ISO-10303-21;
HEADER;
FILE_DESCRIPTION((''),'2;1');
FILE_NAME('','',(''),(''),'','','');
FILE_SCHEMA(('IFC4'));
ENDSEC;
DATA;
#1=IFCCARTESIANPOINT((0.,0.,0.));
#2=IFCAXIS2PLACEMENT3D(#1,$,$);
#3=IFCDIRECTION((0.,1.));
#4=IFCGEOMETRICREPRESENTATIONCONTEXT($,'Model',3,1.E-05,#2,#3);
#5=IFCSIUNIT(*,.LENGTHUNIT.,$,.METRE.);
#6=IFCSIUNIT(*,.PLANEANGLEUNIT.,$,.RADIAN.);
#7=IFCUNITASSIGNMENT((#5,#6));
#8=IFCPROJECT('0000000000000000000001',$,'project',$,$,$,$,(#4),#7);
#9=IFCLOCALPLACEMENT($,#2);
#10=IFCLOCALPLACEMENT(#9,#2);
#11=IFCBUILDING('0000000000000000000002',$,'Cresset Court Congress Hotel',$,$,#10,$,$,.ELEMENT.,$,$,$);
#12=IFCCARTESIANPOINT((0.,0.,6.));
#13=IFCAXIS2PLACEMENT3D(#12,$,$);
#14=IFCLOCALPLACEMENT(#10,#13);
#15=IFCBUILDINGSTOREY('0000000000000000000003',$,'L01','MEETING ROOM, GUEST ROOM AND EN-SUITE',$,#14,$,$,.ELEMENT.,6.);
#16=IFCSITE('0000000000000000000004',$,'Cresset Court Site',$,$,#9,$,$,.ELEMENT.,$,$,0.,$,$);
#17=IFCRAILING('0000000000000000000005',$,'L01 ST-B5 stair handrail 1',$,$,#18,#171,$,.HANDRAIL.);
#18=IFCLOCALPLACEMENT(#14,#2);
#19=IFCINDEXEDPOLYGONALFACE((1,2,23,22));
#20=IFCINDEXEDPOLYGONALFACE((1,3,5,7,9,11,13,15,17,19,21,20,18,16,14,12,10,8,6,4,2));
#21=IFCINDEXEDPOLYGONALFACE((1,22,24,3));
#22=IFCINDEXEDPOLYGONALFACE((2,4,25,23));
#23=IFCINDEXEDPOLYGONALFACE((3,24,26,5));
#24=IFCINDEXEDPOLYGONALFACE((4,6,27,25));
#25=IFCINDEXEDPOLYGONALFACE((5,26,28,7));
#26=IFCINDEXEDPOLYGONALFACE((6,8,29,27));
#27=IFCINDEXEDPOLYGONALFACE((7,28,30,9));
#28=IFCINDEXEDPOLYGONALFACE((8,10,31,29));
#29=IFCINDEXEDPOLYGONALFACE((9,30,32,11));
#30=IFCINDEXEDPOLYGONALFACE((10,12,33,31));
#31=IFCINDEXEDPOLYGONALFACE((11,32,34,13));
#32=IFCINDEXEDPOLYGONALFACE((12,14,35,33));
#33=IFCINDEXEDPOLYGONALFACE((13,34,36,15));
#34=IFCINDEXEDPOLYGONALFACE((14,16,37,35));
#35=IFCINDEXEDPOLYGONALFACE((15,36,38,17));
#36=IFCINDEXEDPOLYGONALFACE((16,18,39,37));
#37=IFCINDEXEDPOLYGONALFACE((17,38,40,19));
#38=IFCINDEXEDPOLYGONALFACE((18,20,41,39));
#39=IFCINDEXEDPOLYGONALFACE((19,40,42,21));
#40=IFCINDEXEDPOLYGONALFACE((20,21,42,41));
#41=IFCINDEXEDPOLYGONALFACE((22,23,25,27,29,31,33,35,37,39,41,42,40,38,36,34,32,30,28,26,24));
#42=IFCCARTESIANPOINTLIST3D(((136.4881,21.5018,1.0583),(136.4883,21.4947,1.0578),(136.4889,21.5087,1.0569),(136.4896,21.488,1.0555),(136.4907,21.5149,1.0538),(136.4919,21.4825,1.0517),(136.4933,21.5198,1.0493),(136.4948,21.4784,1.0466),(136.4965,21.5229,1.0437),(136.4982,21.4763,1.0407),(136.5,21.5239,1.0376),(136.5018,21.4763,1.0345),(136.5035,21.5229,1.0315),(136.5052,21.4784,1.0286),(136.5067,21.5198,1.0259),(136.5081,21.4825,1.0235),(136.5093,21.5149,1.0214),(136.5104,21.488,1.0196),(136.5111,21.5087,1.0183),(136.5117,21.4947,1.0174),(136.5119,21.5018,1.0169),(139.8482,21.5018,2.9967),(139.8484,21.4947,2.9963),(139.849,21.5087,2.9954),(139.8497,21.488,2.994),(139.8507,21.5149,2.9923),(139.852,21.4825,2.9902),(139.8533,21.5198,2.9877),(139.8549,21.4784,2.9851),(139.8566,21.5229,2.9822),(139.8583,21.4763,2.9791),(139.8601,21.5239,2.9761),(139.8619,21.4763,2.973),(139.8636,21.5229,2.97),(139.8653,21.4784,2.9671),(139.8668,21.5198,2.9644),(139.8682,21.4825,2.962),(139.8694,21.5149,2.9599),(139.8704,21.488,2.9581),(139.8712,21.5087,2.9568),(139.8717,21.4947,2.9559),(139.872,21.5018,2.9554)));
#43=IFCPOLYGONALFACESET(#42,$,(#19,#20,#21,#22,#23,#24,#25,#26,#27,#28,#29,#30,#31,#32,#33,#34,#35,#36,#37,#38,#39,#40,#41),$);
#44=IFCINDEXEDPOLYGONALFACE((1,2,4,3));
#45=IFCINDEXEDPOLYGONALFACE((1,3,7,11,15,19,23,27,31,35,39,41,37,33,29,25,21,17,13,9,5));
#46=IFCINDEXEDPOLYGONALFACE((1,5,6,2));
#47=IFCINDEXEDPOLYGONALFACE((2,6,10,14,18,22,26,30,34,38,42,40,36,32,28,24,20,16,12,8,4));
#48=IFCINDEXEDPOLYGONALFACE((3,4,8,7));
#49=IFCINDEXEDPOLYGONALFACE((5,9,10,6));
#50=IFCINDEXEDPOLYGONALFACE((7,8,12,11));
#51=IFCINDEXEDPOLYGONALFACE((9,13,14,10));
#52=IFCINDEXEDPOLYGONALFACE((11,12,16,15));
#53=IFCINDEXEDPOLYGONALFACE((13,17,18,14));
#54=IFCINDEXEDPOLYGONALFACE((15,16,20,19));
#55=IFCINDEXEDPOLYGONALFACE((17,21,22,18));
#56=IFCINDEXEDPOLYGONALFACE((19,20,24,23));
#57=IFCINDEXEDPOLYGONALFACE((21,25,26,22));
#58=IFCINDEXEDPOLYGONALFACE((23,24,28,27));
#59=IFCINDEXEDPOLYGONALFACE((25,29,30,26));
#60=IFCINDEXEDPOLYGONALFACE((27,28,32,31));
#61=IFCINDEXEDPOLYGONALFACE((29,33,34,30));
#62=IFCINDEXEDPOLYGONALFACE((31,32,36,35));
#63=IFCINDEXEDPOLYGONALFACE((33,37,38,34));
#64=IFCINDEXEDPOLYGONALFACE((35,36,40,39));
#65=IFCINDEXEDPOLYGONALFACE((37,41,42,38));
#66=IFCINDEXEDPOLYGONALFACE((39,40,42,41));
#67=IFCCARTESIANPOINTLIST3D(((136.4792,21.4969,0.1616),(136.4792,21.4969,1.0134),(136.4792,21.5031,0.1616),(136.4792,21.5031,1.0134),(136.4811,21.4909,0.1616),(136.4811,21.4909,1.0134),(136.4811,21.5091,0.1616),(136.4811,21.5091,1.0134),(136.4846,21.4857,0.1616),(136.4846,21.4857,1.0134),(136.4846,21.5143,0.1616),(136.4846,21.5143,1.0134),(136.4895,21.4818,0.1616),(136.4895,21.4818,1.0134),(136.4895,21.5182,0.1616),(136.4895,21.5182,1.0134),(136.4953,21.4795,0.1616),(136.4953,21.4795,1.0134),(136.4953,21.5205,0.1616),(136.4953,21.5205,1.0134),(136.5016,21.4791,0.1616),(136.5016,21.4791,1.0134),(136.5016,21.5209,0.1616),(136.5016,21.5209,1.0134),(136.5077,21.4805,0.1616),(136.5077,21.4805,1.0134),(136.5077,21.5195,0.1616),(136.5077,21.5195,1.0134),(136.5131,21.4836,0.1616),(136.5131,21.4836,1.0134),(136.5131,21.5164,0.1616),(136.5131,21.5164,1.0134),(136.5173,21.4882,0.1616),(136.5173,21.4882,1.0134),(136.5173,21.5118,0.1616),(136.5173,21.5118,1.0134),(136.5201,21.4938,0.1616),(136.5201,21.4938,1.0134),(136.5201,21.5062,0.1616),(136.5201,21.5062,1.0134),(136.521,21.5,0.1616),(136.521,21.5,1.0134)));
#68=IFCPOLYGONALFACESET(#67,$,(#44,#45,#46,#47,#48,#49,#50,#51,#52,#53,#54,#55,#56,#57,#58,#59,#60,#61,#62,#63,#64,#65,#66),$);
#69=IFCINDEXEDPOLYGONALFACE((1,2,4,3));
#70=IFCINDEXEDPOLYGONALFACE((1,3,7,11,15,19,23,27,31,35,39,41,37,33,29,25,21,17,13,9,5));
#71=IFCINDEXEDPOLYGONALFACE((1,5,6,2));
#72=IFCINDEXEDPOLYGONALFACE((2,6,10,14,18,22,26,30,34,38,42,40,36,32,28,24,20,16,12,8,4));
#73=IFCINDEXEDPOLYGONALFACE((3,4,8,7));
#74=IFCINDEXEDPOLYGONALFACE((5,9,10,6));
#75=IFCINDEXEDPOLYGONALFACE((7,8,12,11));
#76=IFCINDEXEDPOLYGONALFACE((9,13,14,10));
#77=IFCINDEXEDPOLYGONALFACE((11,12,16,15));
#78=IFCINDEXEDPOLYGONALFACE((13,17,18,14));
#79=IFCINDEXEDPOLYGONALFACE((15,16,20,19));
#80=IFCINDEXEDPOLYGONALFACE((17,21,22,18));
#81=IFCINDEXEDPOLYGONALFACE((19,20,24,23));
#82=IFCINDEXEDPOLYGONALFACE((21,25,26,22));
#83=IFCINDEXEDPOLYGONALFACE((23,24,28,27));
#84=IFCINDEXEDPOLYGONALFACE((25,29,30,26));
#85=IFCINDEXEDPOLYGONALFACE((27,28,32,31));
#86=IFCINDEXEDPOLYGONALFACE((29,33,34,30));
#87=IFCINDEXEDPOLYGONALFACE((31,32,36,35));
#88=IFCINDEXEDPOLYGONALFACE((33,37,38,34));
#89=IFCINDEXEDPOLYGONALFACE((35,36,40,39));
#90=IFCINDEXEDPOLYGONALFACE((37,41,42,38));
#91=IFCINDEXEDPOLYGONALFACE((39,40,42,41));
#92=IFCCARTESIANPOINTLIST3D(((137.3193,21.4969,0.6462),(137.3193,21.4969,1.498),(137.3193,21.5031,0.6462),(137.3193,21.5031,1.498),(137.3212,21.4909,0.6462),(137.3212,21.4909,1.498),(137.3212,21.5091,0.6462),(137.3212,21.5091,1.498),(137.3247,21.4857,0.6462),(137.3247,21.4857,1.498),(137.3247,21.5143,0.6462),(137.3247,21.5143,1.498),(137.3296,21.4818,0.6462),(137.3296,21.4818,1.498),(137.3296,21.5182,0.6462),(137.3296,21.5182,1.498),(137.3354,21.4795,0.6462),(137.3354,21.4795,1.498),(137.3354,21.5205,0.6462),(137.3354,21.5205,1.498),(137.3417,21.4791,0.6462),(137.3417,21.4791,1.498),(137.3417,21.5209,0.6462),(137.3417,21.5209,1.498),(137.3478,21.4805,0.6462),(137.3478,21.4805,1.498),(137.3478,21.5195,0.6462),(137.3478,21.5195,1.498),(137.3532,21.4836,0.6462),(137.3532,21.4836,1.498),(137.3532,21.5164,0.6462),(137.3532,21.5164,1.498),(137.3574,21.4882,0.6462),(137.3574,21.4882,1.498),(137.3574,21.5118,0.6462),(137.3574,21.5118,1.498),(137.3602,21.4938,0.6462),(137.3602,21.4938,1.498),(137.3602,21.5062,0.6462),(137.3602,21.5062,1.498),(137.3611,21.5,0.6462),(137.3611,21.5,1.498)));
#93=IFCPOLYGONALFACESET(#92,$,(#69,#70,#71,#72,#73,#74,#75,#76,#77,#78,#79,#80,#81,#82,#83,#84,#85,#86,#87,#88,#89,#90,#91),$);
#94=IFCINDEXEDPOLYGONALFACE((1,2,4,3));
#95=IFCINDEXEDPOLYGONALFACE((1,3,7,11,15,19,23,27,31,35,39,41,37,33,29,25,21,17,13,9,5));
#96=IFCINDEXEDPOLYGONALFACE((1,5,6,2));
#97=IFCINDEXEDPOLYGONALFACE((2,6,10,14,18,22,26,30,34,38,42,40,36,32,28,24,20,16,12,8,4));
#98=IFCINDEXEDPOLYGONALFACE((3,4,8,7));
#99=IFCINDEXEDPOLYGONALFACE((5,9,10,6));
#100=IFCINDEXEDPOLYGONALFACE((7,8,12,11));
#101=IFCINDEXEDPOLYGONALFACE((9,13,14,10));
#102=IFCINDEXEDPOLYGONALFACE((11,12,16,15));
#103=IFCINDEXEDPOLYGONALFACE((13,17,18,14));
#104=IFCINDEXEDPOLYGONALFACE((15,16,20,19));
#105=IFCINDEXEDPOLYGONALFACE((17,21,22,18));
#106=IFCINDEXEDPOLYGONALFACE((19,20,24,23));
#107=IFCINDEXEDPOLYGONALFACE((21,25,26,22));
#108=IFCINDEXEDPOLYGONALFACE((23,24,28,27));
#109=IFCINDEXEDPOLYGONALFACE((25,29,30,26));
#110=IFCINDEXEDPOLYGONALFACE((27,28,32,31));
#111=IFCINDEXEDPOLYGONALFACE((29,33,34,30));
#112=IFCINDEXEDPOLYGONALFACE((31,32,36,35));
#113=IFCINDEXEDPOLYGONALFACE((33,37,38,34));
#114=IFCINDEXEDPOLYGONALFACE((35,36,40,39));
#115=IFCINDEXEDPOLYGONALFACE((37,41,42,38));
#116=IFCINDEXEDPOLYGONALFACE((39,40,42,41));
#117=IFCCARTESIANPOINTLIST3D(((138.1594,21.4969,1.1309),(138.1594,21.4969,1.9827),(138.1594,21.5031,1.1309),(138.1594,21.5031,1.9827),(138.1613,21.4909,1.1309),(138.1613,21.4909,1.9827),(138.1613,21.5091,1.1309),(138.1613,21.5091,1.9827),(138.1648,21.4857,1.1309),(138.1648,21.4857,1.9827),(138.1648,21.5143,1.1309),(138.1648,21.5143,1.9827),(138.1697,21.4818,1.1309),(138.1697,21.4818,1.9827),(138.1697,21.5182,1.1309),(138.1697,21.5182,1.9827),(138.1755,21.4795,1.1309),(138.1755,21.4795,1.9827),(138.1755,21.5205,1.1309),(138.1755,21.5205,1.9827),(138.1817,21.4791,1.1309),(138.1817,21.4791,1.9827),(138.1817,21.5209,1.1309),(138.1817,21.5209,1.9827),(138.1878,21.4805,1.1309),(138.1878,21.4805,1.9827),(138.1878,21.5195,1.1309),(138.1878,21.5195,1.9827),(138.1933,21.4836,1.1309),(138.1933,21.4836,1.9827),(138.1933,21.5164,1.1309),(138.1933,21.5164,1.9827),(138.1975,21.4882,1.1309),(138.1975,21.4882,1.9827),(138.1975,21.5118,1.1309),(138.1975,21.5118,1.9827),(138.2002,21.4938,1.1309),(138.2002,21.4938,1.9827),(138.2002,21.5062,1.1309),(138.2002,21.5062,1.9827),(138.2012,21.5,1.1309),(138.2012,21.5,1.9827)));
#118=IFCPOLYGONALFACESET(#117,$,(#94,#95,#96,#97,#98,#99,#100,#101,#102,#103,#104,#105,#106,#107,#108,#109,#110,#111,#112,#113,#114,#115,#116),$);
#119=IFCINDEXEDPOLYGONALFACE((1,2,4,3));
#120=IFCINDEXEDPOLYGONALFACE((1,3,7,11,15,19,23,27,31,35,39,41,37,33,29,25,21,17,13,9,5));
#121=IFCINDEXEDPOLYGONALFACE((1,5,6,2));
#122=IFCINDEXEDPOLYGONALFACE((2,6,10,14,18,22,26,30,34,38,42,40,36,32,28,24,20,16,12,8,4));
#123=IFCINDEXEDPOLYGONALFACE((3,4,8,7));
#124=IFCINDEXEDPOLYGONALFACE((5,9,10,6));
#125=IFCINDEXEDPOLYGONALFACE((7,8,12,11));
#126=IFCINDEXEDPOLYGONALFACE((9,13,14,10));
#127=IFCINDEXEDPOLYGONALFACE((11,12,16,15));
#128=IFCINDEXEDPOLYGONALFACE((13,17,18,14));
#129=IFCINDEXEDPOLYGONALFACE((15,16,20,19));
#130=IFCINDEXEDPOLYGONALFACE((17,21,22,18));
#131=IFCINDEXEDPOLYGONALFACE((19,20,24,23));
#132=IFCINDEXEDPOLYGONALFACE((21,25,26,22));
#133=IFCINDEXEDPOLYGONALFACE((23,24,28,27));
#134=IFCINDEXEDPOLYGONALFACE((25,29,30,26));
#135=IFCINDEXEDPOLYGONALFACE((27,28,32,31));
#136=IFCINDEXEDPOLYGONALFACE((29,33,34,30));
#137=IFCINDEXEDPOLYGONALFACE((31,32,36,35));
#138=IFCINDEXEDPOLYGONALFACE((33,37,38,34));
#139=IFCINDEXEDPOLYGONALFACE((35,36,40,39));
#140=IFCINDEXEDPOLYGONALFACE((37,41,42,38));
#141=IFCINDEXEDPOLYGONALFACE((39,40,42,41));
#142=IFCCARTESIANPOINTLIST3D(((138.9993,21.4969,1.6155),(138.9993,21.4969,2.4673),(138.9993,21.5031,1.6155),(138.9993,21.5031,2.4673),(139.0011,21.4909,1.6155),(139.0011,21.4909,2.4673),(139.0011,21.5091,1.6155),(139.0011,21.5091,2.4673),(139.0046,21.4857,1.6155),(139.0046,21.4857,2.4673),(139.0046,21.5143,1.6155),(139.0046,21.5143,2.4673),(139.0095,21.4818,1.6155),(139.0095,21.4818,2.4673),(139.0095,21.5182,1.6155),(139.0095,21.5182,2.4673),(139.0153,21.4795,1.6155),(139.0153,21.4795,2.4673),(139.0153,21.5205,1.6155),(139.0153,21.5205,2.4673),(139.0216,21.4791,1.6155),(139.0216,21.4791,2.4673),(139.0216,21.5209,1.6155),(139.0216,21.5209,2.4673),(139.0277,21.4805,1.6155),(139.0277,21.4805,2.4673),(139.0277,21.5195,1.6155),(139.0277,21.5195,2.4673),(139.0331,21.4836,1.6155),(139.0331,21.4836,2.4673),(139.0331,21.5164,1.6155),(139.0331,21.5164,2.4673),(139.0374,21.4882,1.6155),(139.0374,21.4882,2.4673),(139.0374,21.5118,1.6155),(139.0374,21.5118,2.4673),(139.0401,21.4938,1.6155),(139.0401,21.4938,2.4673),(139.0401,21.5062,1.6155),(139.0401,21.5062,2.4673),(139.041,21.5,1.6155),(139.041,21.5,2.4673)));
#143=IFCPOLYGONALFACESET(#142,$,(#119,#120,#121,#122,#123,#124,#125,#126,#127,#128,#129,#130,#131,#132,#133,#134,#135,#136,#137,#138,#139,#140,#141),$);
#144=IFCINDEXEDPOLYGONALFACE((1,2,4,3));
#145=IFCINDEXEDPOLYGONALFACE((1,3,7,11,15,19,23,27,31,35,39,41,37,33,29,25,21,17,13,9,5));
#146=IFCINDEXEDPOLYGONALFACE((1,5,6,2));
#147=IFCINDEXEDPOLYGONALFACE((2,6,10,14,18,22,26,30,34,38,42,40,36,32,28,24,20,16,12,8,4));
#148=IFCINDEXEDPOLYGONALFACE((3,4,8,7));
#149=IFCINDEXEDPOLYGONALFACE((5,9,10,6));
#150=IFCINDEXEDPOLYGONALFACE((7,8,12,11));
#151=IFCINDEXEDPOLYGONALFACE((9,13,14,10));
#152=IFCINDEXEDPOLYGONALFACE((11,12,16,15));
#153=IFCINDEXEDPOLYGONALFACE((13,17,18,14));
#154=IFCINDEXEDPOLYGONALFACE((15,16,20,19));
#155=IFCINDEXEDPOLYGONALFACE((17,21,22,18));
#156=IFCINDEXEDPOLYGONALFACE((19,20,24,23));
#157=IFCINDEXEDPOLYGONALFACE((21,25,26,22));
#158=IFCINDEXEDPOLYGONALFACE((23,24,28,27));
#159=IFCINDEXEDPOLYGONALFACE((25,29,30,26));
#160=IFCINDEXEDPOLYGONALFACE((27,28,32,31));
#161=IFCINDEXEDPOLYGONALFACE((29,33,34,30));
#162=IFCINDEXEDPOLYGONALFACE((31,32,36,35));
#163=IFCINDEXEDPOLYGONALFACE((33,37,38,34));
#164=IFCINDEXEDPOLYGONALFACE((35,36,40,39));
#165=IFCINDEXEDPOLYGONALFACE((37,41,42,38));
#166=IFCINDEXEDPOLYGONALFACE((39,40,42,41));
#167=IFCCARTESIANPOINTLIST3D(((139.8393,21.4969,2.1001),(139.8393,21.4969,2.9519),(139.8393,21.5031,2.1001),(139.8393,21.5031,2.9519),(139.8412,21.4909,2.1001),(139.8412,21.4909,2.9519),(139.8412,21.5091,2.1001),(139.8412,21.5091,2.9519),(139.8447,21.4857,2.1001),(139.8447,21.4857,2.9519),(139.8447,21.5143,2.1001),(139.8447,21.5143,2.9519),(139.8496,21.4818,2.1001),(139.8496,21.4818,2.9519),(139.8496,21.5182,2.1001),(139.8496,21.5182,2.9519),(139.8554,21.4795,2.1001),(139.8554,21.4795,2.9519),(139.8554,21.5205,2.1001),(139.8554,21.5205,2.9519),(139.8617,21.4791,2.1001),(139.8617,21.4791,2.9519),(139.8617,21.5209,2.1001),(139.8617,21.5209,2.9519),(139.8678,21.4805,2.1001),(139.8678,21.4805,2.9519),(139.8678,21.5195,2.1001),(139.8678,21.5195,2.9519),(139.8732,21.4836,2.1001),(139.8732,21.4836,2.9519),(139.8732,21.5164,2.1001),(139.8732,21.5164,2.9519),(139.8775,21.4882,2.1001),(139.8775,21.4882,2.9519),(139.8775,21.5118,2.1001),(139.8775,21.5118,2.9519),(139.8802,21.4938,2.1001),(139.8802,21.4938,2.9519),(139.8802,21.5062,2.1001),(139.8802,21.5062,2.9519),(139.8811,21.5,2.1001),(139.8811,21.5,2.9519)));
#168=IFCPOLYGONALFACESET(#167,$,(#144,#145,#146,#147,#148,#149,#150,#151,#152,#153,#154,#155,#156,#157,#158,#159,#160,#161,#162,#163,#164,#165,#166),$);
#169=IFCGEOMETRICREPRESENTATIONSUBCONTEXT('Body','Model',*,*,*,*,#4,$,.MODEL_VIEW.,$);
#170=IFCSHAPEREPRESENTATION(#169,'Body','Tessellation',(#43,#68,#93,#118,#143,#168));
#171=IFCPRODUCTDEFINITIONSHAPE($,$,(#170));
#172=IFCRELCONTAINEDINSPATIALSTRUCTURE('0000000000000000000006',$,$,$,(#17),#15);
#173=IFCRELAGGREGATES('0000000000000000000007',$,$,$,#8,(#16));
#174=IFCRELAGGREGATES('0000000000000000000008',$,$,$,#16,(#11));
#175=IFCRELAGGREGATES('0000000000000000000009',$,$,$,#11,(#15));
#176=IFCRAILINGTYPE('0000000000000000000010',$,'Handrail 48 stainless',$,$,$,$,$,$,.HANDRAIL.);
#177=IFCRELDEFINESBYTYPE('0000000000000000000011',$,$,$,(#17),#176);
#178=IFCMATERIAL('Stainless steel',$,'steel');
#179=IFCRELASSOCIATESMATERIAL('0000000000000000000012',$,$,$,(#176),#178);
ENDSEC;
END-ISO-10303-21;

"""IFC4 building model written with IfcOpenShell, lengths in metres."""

from ifc_helpers import new_model, si_unit, direction, frame, origin, origin_2d, place, context, subcontext, project, spatial, circle, extrude, material, type_object, element, save


model = new_model("IFC4")

# Units and contexts
model_context = context("Model", 3, precision=1e-05, world=origin(), true_north=direction((0.0, 1.0)))
body_context = subcontext(model_context, "Body", "Model", "MODEL_VIEW")
ifc_project = project(units=[si_unit("LENGTHUNIT", "METRE"), si_unit("PLANEANGLEUNIT", "RADIAN")], contexts=[model_context])

# Site, building, storey
site_placement = place(None, origin())
site = spatial("IfcSite", under=ifc_project, at=site_placement, Name="Cresset Court Site", CompositionType="ELEMENT", RefElevation=0.0)
building_placement = place(site_placement, origin())
building = spatial("IfcBuilding", under=site, at=building_placement, Name="Cresset Court Congress Hotel", CompositionType="ELEMENT")
storey_placement = place(building_placement, frame((0.0, 0.0, 6.0)))
storey = spatial("IfcBuildingStorey", under=building, at=storey_placement, Name="L01", Description="MEETING ROOM, GUEST ROOM AND EN-SUITE", CompositionType="ELEMENT", Elevation=6.0)

# Railing
ifc_material_1 = material(Name="Stainless steel", Category="steel")
railing_type_1 = type_object("IfcRailingType", Name="Handrail 48 stainless", PredefinedType="HANDRAIL", material=ifc_material_1)
railing_1_placement = place(storey_placement, frame((136.5, 21.5, 0.1616)))
element("IfcRailing", 1, at=railing_1_placement, inside=storey, type_object=railing_type_1, Name="L01 ST-B5 stair handrail 1", PredefinedType="HANDRAIL", context=body_context, shape_type="SweptSolid", body=[
    extrude(circle(Radius=0.0239, at=origin_2d()), frame((0.0, 0.0, 0.876), z_axis=(0.866191, 0.0, 0.499713), x_axis=(0.0, 1.0, 0.0)), (0.0, 0.0, 1.0), 3.8792),
    extrude(circle(Radius=0.021, at=origin_2d()), origin(), (0.0, 0.0, 1.0), 0.8518),
    extrude(circle(Radius=0.021, at=origin_2d()), frame((0.8401, 0.0, 0.4846)), (0.0, 0.0, 1.0), 0.8518),
    extrude(circle(Radius=0.021, at=origin_2d()), frame((1.6802, 0.0, 0.9692)), (0.0, 0.0, 1.0), 0.8518),
    extrude(circle(Radius=0.021, at=origin_2d()), frame((2.52, 0.0, 1.4539)), (0.0, 0.0, 1.0), 0.8518),
    extrude(circle(Radius=0.021, at=origin_2d()), frame((3.3601, 0.0, 1.9385)), (0.0, 0.0, 1.0), 0.8518),
])

save(model, "model.ifc")
